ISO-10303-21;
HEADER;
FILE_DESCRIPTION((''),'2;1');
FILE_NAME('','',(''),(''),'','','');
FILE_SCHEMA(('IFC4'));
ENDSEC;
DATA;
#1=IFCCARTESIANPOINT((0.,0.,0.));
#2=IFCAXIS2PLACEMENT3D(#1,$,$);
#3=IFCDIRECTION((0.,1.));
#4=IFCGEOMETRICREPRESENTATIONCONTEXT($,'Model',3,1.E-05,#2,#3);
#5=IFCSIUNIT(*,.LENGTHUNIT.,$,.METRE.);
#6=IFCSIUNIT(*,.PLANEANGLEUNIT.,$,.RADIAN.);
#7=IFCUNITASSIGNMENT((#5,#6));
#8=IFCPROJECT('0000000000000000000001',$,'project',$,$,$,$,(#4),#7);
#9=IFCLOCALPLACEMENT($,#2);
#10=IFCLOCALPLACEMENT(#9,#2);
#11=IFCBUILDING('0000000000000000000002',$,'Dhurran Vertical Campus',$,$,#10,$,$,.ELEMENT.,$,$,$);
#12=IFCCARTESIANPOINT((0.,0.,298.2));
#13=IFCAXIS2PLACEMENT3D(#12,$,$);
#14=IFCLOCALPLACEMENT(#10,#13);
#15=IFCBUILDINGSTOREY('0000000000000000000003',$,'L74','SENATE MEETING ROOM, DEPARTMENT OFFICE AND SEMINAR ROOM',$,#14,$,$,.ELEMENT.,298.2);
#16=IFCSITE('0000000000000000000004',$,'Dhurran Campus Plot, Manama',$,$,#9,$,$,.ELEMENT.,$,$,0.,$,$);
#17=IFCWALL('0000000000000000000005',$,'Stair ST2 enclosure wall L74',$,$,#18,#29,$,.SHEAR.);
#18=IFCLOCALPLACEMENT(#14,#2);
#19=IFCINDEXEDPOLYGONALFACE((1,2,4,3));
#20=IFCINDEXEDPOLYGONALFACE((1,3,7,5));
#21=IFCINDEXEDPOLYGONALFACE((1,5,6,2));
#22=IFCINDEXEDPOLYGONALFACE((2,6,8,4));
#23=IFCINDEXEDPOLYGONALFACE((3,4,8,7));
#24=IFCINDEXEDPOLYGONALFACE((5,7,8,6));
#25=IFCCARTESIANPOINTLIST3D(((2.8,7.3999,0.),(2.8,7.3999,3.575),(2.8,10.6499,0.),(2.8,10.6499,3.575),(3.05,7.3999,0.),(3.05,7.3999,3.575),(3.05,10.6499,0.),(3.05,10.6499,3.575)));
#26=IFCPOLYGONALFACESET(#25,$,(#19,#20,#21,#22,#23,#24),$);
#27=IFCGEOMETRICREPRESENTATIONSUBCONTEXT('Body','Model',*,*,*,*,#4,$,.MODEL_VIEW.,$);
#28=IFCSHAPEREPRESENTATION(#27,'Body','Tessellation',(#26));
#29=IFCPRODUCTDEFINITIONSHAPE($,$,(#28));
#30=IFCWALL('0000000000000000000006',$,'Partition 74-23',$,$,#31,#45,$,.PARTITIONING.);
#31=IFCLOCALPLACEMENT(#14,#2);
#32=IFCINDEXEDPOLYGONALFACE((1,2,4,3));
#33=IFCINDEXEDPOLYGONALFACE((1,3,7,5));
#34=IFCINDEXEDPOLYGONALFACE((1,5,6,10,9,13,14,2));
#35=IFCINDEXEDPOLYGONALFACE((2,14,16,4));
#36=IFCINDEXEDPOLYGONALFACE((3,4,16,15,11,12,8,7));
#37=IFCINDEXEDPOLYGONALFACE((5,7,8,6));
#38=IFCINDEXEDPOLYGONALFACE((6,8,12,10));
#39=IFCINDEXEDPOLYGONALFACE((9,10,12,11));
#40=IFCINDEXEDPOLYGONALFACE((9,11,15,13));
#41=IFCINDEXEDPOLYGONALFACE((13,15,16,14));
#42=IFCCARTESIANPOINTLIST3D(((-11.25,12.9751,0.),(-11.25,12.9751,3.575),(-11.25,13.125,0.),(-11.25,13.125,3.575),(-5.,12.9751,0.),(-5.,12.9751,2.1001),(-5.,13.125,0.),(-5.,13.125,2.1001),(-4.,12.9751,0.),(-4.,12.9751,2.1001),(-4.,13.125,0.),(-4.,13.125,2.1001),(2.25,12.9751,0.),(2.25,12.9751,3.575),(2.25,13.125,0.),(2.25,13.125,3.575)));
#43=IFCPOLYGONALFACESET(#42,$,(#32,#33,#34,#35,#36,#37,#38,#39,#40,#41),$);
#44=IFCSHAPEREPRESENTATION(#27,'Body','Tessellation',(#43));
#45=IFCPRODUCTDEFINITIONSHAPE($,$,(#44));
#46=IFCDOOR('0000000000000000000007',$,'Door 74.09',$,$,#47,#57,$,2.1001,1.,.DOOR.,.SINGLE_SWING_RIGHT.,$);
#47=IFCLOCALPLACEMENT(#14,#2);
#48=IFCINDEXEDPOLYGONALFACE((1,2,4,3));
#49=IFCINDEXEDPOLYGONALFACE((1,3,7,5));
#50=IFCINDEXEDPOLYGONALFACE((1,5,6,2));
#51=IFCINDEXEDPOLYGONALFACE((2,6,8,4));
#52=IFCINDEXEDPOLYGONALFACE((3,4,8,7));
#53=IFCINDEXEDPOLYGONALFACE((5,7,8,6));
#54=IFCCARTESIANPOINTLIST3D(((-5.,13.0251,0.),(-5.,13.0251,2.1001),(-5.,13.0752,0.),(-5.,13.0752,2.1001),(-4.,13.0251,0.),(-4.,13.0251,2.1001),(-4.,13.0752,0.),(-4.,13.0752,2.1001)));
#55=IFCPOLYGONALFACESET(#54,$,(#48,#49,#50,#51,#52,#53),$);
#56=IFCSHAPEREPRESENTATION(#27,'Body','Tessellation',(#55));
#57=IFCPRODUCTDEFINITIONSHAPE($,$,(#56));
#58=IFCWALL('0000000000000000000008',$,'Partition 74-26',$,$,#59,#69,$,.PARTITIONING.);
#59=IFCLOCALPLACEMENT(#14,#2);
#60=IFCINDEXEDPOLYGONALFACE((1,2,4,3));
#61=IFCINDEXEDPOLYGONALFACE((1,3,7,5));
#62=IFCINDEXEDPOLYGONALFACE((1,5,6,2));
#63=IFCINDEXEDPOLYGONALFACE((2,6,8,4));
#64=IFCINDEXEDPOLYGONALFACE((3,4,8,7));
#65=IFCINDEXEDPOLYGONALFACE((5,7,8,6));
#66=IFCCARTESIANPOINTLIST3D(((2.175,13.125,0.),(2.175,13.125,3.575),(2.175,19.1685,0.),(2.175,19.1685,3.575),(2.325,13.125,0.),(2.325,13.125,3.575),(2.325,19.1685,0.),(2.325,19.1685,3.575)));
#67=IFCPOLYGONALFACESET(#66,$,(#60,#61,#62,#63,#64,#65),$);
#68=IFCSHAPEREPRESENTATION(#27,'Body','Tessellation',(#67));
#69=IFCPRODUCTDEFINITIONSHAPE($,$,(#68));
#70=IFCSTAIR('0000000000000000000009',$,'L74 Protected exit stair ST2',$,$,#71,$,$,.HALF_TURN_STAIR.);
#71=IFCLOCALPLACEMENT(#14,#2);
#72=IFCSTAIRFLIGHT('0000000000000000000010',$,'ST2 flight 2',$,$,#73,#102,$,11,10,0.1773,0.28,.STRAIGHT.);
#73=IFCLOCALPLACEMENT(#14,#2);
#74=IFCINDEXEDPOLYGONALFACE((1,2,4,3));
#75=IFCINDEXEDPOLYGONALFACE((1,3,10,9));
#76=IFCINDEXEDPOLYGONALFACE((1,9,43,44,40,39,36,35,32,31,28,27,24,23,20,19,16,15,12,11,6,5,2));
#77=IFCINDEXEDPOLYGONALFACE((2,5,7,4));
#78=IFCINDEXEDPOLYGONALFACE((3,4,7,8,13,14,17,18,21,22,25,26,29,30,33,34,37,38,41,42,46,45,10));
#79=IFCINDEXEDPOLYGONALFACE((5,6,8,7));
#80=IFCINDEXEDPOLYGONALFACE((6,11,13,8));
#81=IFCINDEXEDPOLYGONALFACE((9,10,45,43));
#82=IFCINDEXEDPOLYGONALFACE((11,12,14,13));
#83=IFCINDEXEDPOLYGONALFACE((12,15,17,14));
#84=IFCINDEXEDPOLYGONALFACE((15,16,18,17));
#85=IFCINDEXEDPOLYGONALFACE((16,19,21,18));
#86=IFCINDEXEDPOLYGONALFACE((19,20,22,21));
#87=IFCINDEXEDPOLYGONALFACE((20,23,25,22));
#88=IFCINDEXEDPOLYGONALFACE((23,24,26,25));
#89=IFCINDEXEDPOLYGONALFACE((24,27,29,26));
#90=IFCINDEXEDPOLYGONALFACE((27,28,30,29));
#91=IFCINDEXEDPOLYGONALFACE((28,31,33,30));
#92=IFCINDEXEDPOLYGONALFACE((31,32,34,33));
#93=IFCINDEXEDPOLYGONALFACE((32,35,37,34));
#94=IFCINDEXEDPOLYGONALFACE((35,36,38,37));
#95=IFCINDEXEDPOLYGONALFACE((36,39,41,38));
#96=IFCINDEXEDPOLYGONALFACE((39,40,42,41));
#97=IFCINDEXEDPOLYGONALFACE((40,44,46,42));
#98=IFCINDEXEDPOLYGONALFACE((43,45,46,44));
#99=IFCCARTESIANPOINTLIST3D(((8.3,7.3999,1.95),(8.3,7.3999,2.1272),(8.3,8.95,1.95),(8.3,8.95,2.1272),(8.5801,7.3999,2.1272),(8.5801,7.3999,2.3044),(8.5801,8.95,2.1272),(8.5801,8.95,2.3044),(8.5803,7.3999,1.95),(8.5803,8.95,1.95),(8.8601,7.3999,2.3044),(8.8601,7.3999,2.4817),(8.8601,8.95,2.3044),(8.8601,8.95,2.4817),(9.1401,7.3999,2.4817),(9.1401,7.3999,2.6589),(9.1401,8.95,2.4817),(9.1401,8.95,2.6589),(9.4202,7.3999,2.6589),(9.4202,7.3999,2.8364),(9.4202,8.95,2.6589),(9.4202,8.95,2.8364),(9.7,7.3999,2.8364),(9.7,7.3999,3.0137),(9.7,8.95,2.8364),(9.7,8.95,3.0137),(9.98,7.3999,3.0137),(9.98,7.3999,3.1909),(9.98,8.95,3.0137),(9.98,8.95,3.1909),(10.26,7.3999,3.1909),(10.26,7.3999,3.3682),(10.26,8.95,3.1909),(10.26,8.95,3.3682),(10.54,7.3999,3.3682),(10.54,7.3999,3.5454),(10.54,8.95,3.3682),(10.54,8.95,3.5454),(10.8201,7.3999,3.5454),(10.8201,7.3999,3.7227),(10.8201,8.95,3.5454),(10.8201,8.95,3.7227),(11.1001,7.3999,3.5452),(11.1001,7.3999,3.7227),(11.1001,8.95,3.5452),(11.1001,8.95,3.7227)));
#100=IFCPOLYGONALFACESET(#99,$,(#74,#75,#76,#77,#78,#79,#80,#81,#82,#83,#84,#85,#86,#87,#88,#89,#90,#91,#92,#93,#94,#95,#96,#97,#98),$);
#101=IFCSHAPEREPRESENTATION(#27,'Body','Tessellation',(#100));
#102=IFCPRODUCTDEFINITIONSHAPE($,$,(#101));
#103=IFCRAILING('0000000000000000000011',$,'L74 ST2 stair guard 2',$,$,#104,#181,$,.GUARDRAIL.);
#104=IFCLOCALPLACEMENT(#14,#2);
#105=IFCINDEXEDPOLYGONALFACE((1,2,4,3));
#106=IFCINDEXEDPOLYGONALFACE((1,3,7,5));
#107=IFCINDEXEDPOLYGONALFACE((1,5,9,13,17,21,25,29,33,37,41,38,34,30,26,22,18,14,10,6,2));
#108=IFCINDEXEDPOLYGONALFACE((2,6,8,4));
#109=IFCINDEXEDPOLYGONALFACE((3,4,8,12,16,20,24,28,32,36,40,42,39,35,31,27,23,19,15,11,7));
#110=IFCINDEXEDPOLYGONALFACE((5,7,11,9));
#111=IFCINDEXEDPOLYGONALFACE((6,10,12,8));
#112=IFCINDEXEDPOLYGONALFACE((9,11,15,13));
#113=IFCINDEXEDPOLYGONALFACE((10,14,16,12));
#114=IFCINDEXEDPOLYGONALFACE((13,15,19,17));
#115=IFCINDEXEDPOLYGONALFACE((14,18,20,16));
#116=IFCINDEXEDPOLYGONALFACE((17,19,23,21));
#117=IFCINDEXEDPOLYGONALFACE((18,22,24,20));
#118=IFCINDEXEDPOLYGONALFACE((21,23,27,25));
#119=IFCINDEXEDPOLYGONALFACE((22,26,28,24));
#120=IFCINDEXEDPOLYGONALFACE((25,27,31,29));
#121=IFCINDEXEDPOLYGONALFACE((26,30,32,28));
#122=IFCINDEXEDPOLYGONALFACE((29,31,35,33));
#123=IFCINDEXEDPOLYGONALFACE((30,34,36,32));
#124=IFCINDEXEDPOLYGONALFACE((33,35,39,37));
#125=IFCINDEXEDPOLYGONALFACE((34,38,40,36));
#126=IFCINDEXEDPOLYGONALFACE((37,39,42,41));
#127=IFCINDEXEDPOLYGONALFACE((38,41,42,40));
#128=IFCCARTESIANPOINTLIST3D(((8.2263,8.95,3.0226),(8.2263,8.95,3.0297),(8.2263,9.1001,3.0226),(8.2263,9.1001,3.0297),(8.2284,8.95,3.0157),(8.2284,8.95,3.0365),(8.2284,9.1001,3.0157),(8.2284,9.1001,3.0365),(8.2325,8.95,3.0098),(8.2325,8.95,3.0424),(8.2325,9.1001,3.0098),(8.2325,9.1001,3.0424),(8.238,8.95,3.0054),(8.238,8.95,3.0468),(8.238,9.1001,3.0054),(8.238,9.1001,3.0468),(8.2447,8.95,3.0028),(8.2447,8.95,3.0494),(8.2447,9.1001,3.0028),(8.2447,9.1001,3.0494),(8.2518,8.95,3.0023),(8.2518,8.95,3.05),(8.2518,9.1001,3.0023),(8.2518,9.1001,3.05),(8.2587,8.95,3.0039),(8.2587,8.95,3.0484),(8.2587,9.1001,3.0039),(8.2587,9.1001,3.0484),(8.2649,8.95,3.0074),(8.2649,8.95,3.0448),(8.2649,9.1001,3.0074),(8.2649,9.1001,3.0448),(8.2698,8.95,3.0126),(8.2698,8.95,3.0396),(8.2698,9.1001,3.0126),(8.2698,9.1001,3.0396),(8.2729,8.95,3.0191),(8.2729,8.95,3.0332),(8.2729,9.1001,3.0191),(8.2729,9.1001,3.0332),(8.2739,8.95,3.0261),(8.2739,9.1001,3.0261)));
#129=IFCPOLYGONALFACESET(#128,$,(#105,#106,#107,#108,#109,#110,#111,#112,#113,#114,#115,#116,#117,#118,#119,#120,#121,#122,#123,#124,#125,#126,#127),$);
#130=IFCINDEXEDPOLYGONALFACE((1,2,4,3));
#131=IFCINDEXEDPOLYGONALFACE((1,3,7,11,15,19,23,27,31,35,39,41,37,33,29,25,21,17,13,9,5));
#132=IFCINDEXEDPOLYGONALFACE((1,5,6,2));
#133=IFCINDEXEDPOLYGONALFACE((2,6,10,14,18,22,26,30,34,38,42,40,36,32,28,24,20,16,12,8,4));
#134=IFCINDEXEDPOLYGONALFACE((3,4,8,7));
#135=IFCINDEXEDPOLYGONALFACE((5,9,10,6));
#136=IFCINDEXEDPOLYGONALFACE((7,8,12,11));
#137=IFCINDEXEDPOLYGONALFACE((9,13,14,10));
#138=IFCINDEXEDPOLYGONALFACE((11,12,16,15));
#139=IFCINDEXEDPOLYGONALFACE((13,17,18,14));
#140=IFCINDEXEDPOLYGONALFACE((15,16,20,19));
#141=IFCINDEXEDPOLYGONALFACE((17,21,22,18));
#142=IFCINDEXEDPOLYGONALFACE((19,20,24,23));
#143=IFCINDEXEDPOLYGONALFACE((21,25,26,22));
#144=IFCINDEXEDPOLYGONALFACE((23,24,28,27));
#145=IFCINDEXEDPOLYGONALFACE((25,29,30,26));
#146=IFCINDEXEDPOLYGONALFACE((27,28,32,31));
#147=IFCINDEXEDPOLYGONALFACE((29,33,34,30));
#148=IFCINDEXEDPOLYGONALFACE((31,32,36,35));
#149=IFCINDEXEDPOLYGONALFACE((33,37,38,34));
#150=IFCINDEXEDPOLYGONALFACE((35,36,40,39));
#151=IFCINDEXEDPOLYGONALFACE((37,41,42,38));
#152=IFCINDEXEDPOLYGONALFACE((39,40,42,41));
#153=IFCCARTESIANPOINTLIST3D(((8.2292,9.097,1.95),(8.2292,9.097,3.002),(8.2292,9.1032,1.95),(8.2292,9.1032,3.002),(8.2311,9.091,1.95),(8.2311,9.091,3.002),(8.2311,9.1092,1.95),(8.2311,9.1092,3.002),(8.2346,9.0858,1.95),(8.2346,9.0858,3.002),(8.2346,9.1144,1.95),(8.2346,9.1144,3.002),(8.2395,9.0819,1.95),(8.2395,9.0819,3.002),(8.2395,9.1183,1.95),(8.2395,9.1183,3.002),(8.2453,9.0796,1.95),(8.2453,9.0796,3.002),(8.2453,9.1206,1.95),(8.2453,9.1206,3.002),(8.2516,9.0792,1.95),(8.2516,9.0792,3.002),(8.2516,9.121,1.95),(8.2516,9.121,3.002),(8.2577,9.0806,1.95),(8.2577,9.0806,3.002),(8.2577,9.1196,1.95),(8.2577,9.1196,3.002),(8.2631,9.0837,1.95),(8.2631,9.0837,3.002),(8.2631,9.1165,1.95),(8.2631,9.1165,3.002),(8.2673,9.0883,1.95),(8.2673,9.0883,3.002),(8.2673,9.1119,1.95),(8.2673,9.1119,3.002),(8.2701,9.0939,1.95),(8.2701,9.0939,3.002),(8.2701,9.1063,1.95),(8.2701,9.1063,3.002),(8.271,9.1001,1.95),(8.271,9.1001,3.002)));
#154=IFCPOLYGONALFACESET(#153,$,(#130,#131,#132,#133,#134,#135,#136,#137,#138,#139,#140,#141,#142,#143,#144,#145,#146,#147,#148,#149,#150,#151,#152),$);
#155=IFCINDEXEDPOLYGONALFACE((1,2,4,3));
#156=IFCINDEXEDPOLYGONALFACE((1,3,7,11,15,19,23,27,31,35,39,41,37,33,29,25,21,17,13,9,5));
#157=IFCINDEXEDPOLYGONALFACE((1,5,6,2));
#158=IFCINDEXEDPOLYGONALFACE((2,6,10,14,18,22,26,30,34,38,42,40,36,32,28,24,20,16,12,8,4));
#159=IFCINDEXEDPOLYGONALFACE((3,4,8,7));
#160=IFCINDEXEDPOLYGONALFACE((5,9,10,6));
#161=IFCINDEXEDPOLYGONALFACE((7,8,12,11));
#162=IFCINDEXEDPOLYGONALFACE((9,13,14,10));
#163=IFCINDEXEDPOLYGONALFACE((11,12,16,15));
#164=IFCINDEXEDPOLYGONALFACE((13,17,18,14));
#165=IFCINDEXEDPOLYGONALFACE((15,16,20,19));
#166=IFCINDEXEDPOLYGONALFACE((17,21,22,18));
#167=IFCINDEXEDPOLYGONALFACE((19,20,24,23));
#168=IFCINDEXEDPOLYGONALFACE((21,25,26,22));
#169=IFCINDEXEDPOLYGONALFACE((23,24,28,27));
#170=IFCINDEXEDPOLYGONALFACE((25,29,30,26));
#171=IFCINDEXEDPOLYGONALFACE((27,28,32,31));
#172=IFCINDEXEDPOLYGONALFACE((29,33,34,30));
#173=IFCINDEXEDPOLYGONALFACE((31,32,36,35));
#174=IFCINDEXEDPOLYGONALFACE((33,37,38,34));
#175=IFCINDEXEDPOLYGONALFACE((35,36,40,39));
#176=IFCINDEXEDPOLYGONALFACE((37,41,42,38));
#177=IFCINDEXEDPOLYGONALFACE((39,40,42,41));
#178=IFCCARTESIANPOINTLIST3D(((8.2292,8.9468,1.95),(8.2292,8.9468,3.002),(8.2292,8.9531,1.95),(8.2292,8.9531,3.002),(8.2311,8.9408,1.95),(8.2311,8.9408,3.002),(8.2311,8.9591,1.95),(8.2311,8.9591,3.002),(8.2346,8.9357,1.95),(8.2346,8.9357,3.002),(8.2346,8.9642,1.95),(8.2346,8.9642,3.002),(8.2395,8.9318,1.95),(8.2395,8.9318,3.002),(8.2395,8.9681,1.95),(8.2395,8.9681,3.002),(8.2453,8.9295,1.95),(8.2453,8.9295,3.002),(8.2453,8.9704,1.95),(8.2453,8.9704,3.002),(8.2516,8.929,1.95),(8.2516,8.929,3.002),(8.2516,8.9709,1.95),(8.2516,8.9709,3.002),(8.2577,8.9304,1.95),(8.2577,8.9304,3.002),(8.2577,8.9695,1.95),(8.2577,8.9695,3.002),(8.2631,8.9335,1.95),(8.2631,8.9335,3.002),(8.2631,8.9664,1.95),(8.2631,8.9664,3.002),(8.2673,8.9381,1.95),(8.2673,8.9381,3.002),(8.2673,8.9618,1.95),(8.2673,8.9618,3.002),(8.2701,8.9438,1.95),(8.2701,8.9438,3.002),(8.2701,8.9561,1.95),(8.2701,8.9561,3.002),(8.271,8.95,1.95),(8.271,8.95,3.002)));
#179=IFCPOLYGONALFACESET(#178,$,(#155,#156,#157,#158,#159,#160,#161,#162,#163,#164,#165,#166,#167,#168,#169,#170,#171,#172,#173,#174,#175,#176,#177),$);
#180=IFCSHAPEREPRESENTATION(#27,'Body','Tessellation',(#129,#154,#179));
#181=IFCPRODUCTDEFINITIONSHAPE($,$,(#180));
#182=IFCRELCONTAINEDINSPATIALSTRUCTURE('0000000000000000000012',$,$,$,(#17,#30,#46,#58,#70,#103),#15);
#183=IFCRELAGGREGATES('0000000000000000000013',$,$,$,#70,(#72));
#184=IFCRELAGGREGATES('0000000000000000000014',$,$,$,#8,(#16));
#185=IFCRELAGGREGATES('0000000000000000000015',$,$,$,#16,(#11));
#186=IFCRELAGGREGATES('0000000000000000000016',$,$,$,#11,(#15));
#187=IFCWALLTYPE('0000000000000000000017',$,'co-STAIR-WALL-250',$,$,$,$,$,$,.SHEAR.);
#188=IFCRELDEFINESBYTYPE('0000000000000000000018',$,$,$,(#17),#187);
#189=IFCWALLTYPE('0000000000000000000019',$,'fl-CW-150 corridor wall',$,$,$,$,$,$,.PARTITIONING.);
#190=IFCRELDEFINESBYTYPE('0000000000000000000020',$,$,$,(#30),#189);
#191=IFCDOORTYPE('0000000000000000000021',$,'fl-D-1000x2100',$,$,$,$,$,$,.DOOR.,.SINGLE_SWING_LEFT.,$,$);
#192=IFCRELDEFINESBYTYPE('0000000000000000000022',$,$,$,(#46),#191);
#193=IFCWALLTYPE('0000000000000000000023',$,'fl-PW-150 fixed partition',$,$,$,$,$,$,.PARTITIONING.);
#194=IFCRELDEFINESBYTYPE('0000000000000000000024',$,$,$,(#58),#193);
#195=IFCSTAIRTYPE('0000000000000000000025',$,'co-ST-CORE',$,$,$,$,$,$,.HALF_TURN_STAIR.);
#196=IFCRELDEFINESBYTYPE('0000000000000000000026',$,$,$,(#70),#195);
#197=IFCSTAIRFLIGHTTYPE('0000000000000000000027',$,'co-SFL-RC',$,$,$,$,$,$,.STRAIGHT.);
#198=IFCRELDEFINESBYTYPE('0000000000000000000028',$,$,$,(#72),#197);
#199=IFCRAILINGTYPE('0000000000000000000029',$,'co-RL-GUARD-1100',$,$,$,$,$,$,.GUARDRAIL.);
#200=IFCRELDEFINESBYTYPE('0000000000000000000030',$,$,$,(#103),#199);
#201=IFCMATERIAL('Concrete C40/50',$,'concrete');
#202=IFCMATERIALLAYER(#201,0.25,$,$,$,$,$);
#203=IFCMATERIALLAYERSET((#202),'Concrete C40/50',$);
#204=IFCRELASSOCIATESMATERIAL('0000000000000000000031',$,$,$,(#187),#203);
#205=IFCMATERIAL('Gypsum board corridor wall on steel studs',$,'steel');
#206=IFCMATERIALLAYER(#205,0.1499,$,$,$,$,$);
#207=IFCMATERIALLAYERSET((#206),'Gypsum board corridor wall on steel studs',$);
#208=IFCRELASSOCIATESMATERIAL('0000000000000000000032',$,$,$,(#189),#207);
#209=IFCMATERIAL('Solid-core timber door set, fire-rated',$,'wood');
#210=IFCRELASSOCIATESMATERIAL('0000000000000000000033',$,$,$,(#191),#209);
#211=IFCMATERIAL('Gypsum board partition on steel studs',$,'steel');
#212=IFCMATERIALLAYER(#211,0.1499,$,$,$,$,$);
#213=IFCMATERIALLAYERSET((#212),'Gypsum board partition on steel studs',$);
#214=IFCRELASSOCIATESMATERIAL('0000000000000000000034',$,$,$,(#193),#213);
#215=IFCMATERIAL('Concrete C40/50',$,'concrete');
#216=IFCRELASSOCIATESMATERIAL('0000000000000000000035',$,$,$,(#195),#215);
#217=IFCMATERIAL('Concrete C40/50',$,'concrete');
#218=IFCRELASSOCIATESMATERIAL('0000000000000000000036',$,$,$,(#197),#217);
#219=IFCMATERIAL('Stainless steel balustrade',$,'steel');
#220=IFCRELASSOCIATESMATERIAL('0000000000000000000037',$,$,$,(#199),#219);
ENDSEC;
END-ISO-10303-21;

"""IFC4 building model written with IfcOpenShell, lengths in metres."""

from ifc_helpers import new_model, si_unit, direction, frame, frame_2d, origin, origin_2d, place, context, subcontext, project, spatial, polyline, rectangle, circle, outline, extrude, material, layer, layer_set, type_object, element, fill, aggregate, save


model = new_model("IFC4")

# Units and contexts
model_context = context("Model", 3, precision=1e-05, world=origin(), true_north=direction((0.0, 1.0)))
body_context = subcontext(model_context, "Body", "Model", "MODEL_VIEW")
ifc_project = project(units=[si_unit("LENGTHUNIT", "METRE"), si_unit("PLANEANGLEUNIT", "RADIAN")], contexts=[model_context])

# Site, building, storey
site_placement = place(None, origin())
site = spatial("IfcSite", under=ifc_project, at=site_placement, Name="Dhurran Campus Plot, Manama", CompositionType="ELEMENT", RefElevation=0.0)
building_placement = place(site_placement, origin())
building = spatial("IfcBuilding", under=site, at=building_placement, Name="Dhurran Vertical Campus", CompositionType="ELEMENT")
storey_placement = place(building_placement, frame((0.0, 0.0, 298.2)))
storey = spatial("IfcBuildingStorey", under=building, at=storey_placement, Name="L74", Description="SENATE MEETING ROOM, DEPARTMENT OFFICE AND SEMINAR ROOM", CompositionType="ELEMENT", Elevation=298.2)

# Shared definitions
ifc_material_1 = material(Name="Concrete C40/50", Category="concrete")
ifc_layer_1 = layer(ifc_material_1, 0.25)
ifc_layer_set_1 = layer_set([ifc_layer_1], Name="Concrete C40/50")
wall_type_1 = type_object("IfcWallType", Name="co-STAIR-WALL-250", PredefinedType="SHEAR", material=ifc_layer_set_1)

# Wall
wall_1_placement = place(storey_placement, frame((2.925, 7.3999, 0.0), z_axis=(0.0, 0.0, 1.0), x_axis=(0.0, 1.0, 0.0)))
element("IfcWall", 1, at=wall_1_placement, inside=storey, type_object=wall_type_1, Name="Stair ST2 enclosure wall L74", PredefinedType="SHEAR", context=body_context, shape_type="SweptSolid", body=[
    extrude(rectangle(XDim=3.25, YDim=0.25, at=frame_2d((1.625, 0.0))), origin(), (0.0, 0.0, 1.0), 3.575),
])

# Wall, opening, door
ifc_material_2 = material(Name="Gypsum board corridor wall on steel studs", Category="steel")
ifc_layer_2 = layer(ifc_material_2, 0.1499)
ifc_layer_set_2 = layer_set([ifc_layer_2], Name="Gypsum board corridor wall on steel studs")
wall_type_2 = type_object("IfcWallType", Name="fl-CW-150 corridor wall", PredefinedType="PARTITIONING", material=ifc_layer_set_2)
wall_2_placement = place(storey_placement, frame((2.25, 13.05, 0.0), z_axis=(0.0, 0.0, 1.0), x_axis=(-1.0, 0.0, 0.0)))
wall_2 = element("IfcWall", 2, at=wall_2_placement, inside=storey, type_object=wall_type_2, Name="Partition 74-23", PredefinedType="PARTITIONING", context=body_context, shape_type="SweptSolid", body=[
    extrude(rectangle(XDim=13.5, YDim=0.1499, at=frame_2d((6.75, 0.0))), origin(), (0.0, 0.0, 1.0), 3.575),
])
opening_1_placement = place(wall_2_placement, frame((6.25, 0.0, 0.0)))
opening_1 = element("IfcOpeningElement", 3, at=opening_1_placement, cuts=wall_2, PredefinedType="OPENING", context=body_context, shape_type="SweptSolid", body=[
    extrude(rectangle(XDim=1.0, YDim=2.1001, at=frame_2d((0.5, 1.05))), frame((0.0, 0.085, 0.0), z_axis=(0.0, -1.0, 0.0), x_axis=(1.0, 0.0, 0.0)), (0.0, 0.0, 1.0), 0.1699),
])
ifc_material_3 = material(Name="Solid-core timber door set, fire-rated", Category="wood")
door_type_1 = type_object("IfcDoorType", Name="fl-D-1000x2100", OperationType="SINGLE_SWING_LEFT", PredefinedType="DOOR", material=ifc_material_3)
door_1_placement = place(opening_1_placement, origin())
door_1 = element("IfcDoor", 4, at=door_1_placement, inside=storey, type_object=door_type_1, Name="Door 74.09", OperationType="SINGLE_SWING_RIGHT", OverallHeight=2.1001, OverallWidth=1.0, PredefinedType="DOOR", context=body_context, shape_type="SweptSolid", body=[
    extrude(rectangle(XDim=1.0, YDim=2.1001, at=frame_2d((0.5, 1.05))), frame((0.0, 0.0249, 0.0), z_axis=(0.0, -1.0, 0.0), x_axis=(1.0, 0.0, 0.0)), (0.0, 0.0, 1.0), 0.05),
])
fill(opening_1, door_1)

# Wall
ifc_material_4 = material(Name="Gypsum board partition on steel studs", Category="steel")
ifc_layer_3 = layer(ifc_material_4, 0.1499)
ifc_layer_set_3 = layer_set([ifc_layer_3], Name="Gypsum board partition on steel studs")
wall_type_3 = type_object("IfcWallType", Name="fl-PW-150 fixed partition", PredefinedType="PARTITIONING", material=ifc_layer_set_3)
wall_3_placement = place(storey_placement, frame((2.25, 19.1685, 0.0), z_axis=(0.0, 0.0, 1.0), x_axis=(0.0, -1.0, 0.0)))
element("IfcWall", 5, at=wall_3_placement, inside=storey, type_object=wall_type_3, Name="Partition 74-26", PredefinedType="PARTITIONING", context=body_context, shape_type="SweptSolid", body=[
    extrude(rectangle(XDim=6.0435, YDim=0.1499, at=frame_2d((3.0217, 0.0))), origin(), (0.0, 0.0, 1.0), 3.575),
])

# Stair, stair flight
ifc_material_5 = material(Name="Concrete C40/50", Category="concrete")
stair_type = type_object("IfcStairType", Name="co-ST-CORE", PredefinedType="HALF_TURN_STAIR", material=ifc_material_5)
stair_placement = place(storey_placement, origin())
stair = element("IfcStair", 6, at=stair_placement, inside=storey, type_object=stair_type, Name="L74 Protected exit stair ST2", PredefinedType="HALF_TURN_STAIR")
ifc_material_6 = material(Name="Concrete C40/50", Category="concrete")
stair_flight_type = type_object("IfcStairFlightType", Name="co-SFL-RC", PredefinedType="STRAIGHT", material=ifc_material_6)
stair_flight_placement = place(storey_placement, frame((8.3, 8.175, 1.95), z_axis=(0.0, 0.0, 1.0), x_axis=(1.0, 0.0, 0.0)))
stair_flight = element("IfcStairFlight", 7, at=stair_flight_placement, type_object=stair_flight_type, Name="ST2 flight 2", NumberOfRisers=11, NumberOfTreads=10, PredefinedType="STRAIGHT", RiserHeight=0.1773, TreadLength=0.28, context=body_context, shape_type="SweptSolid", body=[
    extrude(outline(polyline([(0.0, 0.0), (0.0, 0.1772), (0.28, 0.1772), (0.28, 0.3545), (0.5601, 0.3545), (0.5601, 0.5317), (0.8401, 0.5317), (0.8401, 0.709), (1.1201, 0.709), (1.1201, 0.8865), (1.3999, 0.8865), (1.3999, 1.0637), (1.6799, 1.0637), (1.6799, 1.241), (1.96, 1.241), (1.96, 1.4182), (2.24, 1.4182), (2.24, 1.5955), (2.52, 1.5955), (2.52, 1.7727), (2.8, 1.7727), (2.8, 1.95), (2.8, 1.5952), (0.2803, 0.0), (0.0, 0.0)])), frame((0.0, 0.7749, 0.0), z_axis=(0.0, -1.0, 0.0), x_axis=(1.0, 0.0, 0.0)), (0.0, 0.0, 1.0), 1.55),
])
aggregate(stair, [stair_flight])

# Railing
ifc_material_7 = material(Name="Stainless steel balustrade", Category="steel")
railing_type_1 = type_object("IfcRailingType", Name="co-RL-GUARD-1100", PredefinedType="GUARDRAIL", material=ifc_material_7)
railing_1_placement = place(storey_placement, frame((8.25, 9.1001, 1.95)))
element("IfcRailing", 8, at=railing_1_placement, inside=storey, type_object=railing_type_1, Name="L74 ST2 stair guard 2", PredefinedType="GUARDRAIL", context=body_context, shape_type="SweptSolid", body=[
    extrude(circle(Radius=0.0239, at=origin_2d()), frame((0.0, 0.0, 1.0762), z_axis=(0.0, -1.0, 0.0), x_axis=(1.0, 0.0, 0.0)), (0.0, 0.0, 1.0), 0.1501),
    extrude(circle(Radius=0.021, at=origin_2d()), origin(), (0.0, 0.0, 1.0), 1.052),
    extrude(circle(Radius=0.021, at=origin_2d()), frame((0.0, -0.1501, 0.0)), (0.0, 0.0, 1.0), 1.052),
])

save(model, "model.ifc")
